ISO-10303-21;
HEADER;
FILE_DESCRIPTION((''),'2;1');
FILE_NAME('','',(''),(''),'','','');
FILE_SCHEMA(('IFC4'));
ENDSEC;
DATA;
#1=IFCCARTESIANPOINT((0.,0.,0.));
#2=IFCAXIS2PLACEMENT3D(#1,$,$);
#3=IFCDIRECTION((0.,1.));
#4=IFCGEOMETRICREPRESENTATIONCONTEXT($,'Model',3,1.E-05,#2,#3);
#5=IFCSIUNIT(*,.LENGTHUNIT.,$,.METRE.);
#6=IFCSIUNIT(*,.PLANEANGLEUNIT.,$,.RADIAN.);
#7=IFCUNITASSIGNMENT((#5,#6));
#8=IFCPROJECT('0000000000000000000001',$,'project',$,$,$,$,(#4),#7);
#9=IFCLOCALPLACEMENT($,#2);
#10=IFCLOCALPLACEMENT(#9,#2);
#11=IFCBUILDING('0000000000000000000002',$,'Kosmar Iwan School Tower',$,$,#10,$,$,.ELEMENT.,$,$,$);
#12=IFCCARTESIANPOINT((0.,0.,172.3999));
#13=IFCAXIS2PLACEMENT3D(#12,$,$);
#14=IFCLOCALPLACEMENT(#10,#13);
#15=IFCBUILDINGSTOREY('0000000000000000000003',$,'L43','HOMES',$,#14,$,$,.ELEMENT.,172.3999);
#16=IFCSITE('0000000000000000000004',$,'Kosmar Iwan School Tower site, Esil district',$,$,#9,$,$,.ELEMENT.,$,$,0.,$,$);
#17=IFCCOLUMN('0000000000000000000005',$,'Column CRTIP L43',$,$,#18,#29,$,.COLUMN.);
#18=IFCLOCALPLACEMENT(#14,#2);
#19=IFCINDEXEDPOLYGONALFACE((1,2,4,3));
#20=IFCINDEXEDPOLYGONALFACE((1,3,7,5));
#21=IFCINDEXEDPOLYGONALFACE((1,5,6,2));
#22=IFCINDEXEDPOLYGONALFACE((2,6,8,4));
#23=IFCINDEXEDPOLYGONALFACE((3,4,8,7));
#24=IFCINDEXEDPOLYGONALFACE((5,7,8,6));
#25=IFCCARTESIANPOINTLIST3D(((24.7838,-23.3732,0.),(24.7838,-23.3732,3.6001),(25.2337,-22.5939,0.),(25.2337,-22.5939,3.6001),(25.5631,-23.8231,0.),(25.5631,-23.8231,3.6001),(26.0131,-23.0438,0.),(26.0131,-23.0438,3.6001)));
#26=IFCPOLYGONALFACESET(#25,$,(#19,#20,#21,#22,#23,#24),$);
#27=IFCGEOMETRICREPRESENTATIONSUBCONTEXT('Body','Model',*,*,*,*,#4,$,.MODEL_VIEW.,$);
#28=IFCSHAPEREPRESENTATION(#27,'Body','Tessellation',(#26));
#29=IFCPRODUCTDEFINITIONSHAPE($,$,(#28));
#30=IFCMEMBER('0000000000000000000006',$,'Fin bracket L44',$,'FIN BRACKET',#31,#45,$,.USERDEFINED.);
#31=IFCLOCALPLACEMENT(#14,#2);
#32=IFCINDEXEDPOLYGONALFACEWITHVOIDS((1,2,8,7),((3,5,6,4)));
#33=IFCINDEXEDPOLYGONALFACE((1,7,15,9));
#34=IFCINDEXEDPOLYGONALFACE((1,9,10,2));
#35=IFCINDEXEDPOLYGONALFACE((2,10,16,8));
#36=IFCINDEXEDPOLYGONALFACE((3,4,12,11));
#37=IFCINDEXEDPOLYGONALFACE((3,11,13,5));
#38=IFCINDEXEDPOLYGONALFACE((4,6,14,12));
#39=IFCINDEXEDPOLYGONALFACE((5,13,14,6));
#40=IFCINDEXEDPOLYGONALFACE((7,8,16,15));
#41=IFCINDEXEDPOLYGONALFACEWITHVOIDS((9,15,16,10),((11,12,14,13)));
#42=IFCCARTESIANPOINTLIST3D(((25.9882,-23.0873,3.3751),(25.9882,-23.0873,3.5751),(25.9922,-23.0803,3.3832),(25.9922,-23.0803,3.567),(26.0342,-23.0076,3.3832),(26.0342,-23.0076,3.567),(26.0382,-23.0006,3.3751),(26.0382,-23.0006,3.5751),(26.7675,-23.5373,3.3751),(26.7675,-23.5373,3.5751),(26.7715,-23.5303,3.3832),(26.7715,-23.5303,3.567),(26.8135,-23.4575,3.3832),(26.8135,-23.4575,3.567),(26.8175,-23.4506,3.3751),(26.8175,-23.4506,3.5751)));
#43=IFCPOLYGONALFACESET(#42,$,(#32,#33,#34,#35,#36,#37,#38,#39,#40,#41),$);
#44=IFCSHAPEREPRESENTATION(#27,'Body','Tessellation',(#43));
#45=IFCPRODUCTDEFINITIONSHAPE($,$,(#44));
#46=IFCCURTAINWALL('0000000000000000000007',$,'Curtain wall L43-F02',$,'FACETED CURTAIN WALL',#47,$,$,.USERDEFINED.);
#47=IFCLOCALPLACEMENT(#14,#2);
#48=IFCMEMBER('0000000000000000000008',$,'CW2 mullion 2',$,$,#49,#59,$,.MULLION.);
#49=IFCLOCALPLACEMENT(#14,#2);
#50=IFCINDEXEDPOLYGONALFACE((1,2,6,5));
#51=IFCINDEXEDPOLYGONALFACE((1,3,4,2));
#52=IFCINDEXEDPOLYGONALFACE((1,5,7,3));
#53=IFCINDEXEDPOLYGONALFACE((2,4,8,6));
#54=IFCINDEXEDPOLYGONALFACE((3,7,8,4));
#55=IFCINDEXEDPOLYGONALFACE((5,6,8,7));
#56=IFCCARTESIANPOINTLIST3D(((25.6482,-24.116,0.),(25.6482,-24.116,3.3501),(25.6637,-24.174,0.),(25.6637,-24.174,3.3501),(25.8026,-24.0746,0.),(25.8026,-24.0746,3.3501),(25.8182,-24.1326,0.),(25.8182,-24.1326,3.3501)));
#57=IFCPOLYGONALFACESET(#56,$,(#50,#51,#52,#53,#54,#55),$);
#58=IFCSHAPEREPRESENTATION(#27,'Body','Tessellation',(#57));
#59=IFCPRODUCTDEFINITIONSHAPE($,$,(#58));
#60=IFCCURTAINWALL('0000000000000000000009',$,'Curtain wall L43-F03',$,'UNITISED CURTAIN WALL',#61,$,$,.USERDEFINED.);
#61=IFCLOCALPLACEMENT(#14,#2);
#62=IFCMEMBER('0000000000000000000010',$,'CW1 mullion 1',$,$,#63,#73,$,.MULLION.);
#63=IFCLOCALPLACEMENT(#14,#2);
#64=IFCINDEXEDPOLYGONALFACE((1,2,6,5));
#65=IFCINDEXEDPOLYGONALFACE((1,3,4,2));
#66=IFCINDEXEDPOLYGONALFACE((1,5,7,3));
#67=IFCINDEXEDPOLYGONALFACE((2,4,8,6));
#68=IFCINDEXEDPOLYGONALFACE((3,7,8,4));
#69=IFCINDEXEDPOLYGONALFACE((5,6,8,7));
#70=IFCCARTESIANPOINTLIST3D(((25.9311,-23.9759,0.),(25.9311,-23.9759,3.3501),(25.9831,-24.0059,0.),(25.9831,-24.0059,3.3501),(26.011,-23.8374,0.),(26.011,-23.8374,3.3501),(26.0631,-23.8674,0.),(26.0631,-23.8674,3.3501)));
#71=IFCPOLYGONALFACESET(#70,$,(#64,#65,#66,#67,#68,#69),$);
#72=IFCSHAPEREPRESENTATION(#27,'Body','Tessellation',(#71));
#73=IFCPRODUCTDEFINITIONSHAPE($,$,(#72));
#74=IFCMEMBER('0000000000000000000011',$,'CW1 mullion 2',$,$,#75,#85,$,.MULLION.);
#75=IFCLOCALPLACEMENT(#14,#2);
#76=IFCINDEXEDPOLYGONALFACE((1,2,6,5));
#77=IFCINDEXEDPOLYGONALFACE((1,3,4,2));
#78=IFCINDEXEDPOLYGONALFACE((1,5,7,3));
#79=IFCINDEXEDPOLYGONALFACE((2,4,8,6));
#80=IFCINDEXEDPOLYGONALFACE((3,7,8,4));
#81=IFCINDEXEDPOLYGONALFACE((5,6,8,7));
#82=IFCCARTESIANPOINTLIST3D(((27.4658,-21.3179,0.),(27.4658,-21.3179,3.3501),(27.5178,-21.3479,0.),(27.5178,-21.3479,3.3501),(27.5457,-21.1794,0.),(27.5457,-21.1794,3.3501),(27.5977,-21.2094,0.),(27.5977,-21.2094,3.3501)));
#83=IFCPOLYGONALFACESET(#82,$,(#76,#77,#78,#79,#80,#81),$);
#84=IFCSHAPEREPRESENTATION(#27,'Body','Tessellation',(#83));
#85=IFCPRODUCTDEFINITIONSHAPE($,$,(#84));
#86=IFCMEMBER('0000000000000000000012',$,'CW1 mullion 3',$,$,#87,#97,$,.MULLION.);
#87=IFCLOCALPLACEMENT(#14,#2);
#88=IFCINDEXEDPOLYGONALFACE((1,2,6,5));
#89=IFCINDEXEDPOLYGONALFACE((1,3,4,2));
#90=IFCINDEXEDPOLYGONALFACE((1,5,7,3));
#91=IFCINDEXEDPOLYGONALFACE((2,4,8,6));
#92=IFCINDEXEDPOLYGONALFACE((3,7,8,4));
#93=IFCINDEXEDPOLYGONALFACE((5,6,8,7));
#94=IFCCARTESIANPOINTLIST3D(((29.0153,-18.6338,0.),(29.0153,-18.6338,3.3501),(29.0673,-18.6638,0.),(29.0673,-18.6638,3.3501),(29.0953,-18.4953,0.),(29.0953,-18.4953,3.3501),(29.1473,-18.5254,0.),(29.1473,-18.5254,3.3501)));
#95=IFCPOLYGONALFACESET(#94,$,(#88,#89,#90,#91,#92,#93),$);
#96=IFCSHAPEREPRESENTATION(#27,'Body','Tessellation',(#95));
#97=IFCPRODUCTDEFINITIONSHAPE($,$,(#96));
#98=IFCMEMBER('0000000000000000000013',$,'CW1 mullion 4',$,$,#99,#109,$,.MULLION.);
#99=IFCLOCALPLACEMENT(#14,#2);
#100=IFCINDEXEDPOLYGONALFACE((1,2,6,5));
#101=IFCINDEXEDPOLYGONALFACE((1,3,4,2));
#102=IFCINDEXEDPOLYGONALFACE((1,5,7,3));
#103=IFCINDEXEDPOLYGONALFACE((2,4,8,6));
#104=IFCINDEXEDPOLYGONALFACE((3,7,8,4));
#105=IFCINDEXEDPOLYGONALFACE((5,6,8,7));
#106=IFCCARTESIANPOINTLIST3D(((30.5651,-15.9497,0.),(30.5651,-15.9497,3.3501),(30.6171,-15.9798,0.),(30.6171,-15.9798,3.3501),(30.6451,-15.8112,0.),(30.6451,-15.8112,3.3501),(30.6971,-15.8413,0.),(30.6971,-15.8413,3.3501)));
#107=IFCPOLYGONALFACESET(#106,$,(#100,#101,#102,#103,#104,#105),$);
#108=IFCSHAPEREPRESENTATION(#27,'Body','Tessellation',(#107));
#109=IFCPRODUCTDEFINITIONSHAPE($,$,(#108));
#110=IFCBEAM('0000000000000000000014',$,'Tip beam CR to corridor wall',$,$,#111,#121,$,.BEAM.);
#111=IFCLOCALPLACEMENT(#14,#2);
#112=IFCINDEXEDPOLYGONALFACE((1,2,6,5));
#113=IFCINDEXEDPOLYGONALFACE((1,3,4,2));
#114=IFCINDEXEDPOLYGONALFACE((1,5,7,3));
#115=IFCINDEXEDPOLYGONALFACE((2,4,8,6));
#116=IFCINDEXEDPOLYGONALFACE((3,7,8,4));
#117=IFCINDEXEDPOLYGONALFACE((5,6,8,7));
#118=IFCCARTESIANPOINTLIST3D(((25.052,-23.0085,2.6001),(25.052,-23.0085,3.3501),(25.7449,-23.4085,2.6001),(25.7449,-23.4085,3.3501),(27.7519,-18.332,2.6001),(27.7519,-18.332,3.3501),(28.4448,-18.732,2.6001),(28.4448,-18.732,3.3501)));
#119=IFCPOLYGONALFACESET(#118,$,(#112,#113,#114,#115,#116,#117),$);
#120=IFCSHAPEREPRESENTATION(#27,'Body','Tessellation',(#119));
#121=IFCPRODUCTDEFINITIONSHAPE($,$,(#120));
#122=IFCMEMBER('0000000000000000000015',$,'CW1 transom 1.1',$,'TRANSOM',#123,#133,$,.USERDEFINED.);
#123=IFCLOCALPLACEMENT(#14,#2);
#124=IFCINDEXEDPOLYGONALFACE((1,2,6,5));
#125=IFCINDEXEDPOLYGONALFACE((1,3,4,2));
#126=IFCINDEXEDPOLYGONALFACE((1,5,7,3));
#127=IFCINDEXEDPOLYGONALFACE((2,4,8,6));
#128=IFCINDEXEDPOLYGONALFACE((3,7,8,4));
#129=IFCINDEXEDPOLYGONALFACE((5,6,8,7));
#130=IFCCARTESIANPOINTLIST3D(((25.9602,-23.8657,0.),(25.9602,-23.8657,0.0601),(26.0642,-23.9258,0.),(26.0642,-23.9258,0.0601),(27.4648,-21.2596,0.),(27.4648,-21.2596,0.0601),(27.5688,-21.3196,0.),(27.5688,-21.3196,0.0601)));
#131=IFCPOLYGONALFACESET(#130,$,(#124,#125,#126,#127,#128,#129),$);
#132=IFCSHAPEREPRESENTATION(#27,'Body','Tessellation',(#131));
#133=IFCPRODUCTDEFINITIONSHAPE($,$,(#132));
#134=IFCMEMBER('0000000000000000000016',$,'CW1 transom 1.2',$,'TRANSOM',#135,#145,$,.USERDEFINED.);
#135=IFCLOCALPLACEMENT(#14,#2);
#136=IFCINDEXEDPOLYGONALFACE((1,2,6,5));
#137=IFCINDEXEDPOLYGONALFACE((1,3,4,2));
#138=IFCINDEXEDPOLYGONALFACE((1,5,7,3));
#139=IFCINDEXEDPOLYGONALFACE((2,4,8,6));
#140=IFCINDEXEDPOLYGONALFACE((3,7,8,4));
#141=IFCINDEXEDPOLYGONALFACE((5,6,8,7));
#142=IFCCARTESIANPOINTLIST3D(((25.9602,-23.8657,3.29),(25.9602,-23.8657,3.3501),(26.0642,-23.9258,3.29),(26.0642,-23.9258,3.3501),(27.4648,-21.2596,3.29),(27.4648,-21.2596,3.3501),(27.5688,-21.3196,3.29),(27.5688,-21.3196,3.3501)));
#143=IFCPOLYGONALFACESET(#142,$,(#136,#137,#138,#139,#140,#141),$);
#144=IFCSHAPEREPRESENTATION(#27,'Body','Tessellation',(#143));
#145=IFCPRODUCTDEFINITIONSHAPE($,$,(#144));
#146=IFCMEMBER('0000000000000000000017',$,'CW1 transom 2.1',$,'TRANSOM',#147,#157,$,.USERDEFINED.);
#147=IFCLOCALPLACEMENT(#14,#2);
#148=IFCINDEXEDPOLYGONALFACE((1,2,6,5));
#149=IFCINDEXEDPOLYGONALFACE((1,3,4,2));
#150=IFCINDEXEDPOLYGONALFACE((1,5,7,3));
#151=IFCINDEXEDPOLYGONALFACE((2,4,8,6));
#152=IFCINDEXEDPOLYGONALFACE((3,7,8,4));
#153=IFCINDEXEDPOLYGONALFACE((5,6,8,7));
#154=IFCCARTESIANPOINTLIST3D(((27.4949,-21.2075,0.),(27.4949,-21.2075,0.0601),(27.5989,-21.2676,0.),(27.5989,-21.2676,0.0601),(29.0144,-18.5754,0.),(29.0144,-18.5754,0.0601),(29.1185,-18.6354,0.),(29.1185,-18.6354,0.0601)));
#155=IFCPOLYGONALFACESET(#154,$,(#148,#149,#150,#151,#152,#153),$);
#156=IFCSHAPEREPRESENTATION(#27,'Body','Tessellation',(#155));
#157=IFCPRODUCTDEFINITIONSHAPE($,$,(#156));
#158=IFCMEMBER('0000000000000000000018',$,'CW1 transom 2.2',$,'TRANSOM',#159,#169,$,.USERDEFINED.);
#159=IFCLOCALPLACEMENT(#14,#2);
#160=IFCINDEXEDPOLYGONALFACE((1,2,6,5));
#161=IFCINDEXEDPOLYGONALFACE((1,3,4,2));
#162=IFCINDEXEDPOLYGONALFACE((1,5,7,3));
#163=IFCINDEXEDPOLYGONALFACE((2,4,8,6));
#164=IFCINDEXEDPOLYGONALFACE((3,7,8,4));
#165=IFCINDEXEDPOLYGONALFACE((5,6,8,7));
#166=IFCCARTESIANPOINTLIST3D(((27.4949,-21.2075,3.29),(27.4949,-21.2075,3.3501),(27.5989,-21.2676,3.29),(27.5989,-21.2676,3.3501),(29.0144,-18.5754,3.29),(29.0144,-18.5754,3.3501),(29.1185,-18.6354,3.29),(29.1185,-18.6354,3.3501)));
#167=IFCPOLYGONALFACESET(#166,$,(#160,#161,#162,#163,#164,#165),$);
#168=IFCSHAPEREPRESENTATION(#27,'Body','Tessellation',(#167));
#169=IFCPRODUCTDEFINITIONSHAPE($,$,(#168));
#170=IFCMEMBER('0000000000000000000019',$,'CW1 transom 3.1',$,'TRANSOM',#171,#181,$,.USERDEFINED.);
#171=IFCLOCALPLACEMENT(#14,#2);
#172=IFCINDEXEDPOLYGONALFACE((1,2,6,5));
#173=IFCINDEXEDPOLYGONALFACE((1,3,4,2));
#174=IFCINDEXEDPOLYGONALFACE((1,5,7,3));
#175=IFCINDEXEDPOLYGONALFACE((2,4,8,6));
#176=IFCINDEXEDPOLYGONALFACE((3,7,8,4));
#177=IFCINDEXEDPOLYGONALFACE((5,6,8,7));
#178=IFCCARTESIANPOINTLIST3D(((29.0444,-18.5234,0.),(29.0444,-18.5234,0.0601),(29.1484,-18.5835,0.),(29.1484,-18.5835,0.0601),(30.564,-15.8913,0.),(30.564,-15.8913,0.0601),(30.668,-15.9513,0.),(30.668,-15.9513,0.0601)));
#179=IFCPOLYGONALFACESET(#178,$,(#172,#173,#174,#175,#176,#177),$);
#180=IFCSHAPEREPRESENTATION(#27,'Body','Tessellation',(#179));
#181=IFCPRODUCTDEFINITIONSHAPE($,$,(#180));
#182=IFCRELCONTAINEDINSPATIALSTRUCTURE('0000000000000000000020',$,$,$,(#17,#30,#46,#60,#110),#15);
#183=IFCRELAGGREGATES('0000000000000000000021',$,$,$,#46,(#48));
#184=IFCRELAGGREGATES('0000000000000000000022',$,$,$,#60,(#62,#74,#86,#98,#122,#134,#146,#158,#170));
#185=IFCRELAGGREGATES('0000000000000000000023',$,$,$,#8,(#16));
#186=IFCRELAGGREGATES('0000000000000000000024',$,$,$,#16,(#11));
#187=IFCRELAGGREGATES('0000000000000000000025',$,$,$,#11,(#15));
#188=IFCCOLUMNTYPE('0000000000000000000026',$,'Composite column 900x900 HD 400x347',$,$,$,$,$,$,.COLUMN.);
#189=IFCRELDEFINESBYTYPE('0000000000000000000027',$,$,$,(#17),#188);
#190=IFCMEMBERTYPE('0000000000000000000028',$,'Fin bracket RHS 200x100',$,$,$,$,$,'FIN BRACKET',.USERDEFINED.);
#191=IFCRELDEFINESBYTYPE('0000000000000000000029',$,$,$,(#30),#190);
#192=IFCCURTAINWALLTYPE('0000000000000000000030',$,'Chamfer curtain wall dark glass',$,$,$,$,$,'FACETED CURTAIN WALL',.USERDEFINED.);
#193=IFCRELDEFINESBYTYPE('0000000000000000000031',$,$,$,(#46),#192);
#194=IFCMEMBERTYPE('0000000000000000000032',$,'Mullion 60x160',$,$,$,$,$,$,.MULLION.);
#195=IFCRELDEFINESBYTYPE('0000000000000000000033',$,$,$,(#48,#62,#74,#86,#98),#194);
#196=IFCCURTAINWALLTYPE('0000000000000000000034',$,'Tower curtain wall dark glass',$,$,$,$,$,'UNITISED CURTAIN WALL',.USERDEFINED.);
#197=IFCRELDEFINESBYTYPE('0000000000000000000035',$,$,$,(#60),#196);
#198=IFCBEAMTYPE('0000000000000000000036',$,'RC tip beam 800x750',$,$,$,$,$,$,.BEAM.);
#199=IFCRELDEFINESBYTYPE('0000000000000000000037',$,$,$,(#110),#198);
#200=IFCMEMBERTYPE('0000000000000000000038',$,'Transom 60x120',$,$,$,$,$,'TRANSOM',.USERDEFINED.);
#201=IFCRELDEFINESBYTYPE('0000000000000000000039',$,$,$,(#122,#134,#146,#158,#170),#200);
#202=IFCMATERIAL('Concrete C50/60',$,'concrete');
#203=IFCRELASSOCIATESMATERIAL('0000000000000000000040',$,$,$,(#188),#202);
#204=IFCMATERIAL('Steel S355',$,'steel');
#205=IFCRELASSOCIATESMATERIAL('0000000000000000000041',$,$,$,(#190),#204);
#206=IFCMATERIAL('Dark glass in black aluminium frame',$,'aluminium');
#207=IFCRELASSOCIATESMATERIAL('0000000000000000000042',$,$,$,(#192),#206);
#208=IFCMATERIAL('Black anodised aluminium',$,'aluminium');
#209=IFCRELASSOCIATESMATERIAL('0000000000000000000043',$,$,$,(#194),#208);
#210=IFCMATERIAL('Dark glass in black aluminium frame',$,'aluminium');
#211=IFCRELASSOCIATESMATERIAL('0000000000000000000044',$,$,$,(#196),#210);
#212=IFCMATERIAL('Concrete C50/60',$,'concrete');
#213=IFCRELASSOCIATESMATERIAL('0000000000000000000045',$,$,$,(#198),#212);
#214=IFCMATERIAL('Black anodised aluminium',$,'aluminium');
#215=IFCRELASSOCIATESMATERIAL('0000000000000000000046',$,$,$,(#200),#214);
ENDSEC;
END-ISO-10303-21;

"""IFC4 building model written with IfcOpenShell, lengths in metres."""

from ifc_helpers import new_model, si_unit, direction, frame, origin, origin_2d, place, context, subcontext, project, spatial, rectangle, hollow_rectangle, extrude, material, material_profile, profile_set, type_object, element, aggregate, save


model = new_model("IFC4")

# Units and contexts
model_context = context("Model", 3, precision=1e-05, world=origin(), true_north=direction((0.0, 1.0)))
body_context = subcontext(model_context, "Body", "Model", "MODEL_VIEW")
ifc_project = project(units=[si_unit("LENGTHUNIT", "METRE"), si_unit("PLANEANGLEUNIT", "RADIAN")], contexts=[model_context])

# Site, building, storey
site_placement = place(None, origin())
site = spatial("IfcSite", under=ifc_project, at=site_placement, Name="Kosmar Iwan School Tower site, Esil district", CompositionType="ELEMENT", RefElevation=0.0)
building_placement = place(site_placement, origin())
building = spatial("IfcBuilding", under=site, at=building_placement, Name="Kosmar Iwan School Tower", CompositionType="ELEMENT")
storey_placement = place(building_placement, frame((0.0, 0.0, 172.3999)))
storey = spatial("IfcBuildingStorey", under=building, at=storey_placement, Name="L43", Description="HOMES", CompositionType="ELEMENT", Elevation=172.3999)

# Column
ifc_material_1 = material(Name="Concrete C50/60", Category="concrete")
ifc_material_profile_1 = material_profile(ifc_material_1, rectangle(XDim=0.8999, YDim=0.8999, at=origin_2d()), Name="RC 900x900 + HD 400x347")
ifc_profile_set_1 = profile_set([ifc_material_profile_1], Name="Concrete C50/60")
column_type = type_object("IfcColumnType", Name="Composite column 900x900 HD 400x347", PredefinedType="COLUMN", material=ifc_profile_set_1)
column_placement = place(storey_placement, frame((25.3984, -23.2085, 0.0), z_axis=(0.0, 0.0, 1.0), x_axis=(0.866025, -0.5, 0.0)))
element("IfcColumn", 1, at=column_placement, inside=storey, type_object=column_type, Name="Column CRTIP L43", PredefinedType="COLUMN", context=body_context, shape_type="SweptSolid", body=[
    extrude(rectangle(XDim=0.8999, YDim=0.8999, at=origin_2d()), origin(), (0.0, 0.0, 1.0), 3.6001),
])

# Member
ifc_material_2 = material(Name="Steel S355", Category="steel")
ifc_material_profile_2 = material_profile(ifc_material_2, hollow_rectangle(XDim=0.1001, YDim=0.2, WallThickness=0.0081, at=origin_2d()), Name="RHS 200x100x8")
ifc_profile_set_2 = profile_set([ifc_material_profile_2], Name="Steel S355")
member_type_1 = type_object("IfcMemberType", Name="Fin bracket RHS 200x100", ElementType="FIN BRACKET", PredefinedType="USERDEFINED", material=ifc_profile_set_2)
member_1_placement = place(storey_placement, frame((26.0132, -23.0439, 3.4751), z_axis=(0.866014, -0.50002, 0.0), x_axis=(0.50002, 0.866014, 0.0)))
element("IfcMember", 2, at=member_1_placement, inside=storey, type_object=member_type_1, Name="Fin bracket L44", ObjectType="FIN BRACKET", PredefinedType="USERDEFINED", context=body_context, shape_type="SweptSolid", body=[
    extrude(hollow_rectangle(XDim=0.1001, YDim=0.2, WallThickness=0.0081, at=origin_2d()), origin(), (0.0, 0.0, 1.0), 0.8999),
])

# Curtain wall, member
ifc_material_3 = material(Name="Dark glass in black aluminium frame", Category="aluminium")
curtain_wall_type_1 = type_object("IfcCurtainWallType", Name="Chamfer curtain wall dark glass", ElementType="FACETED CURTAIN WALL", PredefinedType="USERDEFINED", material=ifc_material_3)
curtain_wall_1_placement = place(storey_placement, origin())
curtain_wall_1 = element("IfcCurtainWall", 3, at=curtain_wall_1_placement, inside=storey, type_object=curtain_wall_type_1, Name="Curtain wall L43-F02", ObjectType="FACETED CURTAIN WALL", PredefinedType="USERDEFINED")
ifc_material_4 = material(Name="Black anodised aluminium", Category="aluminium")
ifc_material_profile_3 = material_profile(ifc_material_4, rectangle(XDim=0.0601, YDim=0.1599, at=origin_2d()), Name="MULLION 60x160")
ifc_profile_set_3 = profile_set([ifc_material_profile_3], Name="Black anodised aluminium")
member_type_2 = type_object("IfcMemberType", Name="Mullion 60x160", PredefinedType="MULLION", material=ifc_profile_set_3)
member_2_placement = place(storey_placement, frame((25.7332, -24.1243, 0.0), z_axis=(0.0, 0.0, 1.0), x_axis=(-0.258819, 0.965926, 0.0)))
member_2 = element("IfcMember", 4, at=member_2_placement, type_object=member_type_2, Name="CW2 mullion 2", PredefinedType="MULLION", context=body_context, shape_type="SweptSolid", body=[
    extrude(rectangle(XDim=0.0601, YDim=0.1599, at=origin_2d()), origin(), (0.0, 0.0, 1.0), 3.3501),
])

# Curtain wall, members
ifc_material_5 = material(Name="Dark glass in black aluminium frame", Category="aluminium")
curtain_wall_type_2 = type_object("IfcCurtainWallType", Name="Tower curtain wall dark glass", ElementType="UNITISED CURTAIN WALL", PredefinedType="USERDEFINED", material=ifc_material_5)
curtain_wall_2_placement = place(storey_placement, origin())
curtain_wall_2 = element("IfcCurtainWall", 5, at=curtain_wall_2_placement, inside=storey, type_object=curtain_wall_type_2, Name="Curtain wall L43-F03", ObjectType="UNITISED CURTAIN WALL", PredefinedType="USERDEFINED")
member_3_placement = place(storey_placement, frame((25.9971, -23.9216, 0.0), z_axis=(0.0, 0.0, 1.0), x_axis=(-0.866025, 0.5, 0.0)))
member_3 = element("IfcMember", 6, at=member_3_placement, type_object=member_type_2, Name="CW1 mullion 1", PredefinedType="MULLION", context=body_context, shape_type="SweptSolid", body=[
    extrude(rectangle(XDim=0.0601, YDim=0.1599, at=origin_2d()), origin(), (0.0, 0.0, 1.0), 3.3501),
])
member_4_placement = place(storey_placement, frame((27.5317, -21.2637, 0.0), z_axis=(0.0, 0.0, 1.0), x_axis=(-0.866025, 0.5, 0.0)))
member_4 = element("IfcMember", 7, at=member_4_placement, type_object=member_type_2, Name="CW1 mullion 2", PredefinedType="MULLION", context=body_context, shape_type="SweptSolid", body=[
    extrude(rectangle(XDim=0.0601, YDim=0.1599, at=origin_2d()), origin(), (0.0, 0.0, 1.0), 3.3501),
])
member_5_placement = place(storey_placement, frame((29.0813, -18.5796, 0.0), z_axis=(0.0, 0.0, 1.0), x_axis=(-0.866025, 0.5, 0.0)))
member_5 = element("IfcMember", 8, at=member_5_placement, type_object=member_type_2, Name="CW1 mullion 3", PredefinedType="MULLION", context=body_context, shape_type="SweptSolid", body=[
    extrude(rectangle(XDim=0.0601, YDim=0.1599, at=origin_2d()), origin(), (0.0, 0.0, 1.0), 3.3501),
])
member_6_placement = place(storey_placement, frame((30.6311, -15.8955, 0.0), z_axis=(0.0, 0.0, 1.0), x_axis=(-0.866025, 0.5, 0.0)))
member_6 = element("IfcMember", 9, at=member_6_placement, type_object=member_type_2, Name="CW1 mullion 4", PredefinedType="MULLION", context=body_context, shape_type="SweptSolid", body=[
    extrude(rectangle(XDim=0.0601, YDim=0.1599, at=origin_2d()), origin(), (0.0, 0.0, 1.0), 3.3501),
])

# Beam
ifc_material_6 = material(Name="Concrete C50/60", Category="concrete")
ifc_material_profile_4 = material_profile(ifc_material_6, rectangle(XDim=0.8, YDim=0.75, at=origin_2d()), Name="RC 800x750")
ifc_profile_set_4 = profile_set([ifc_material_profile_4], Name="Concrete C50/60")
beam_type = type_object("IfcBeamType", Name="RC tip beam 800x750", PredefinedType="BEAM", material=ifc_profile_set_4)
beam_placement = place(storey_placement, frame((25.3984, -23.2085, 2.9751), z_axis=(0.499995, 0.866028, 0.0), x_axis=(-0.866028, 0.499995, 0.0)))
element("IfcBeam", 10, at=beam_placement, inside=storey, type_object=beam_type, Name="Tip beam CR to corridor wall", PredefinedType="BEAM", context=body_context, shape_type="SweptSolid", body=[
    extrude(rectangle(XDim=0.8, YDim=0.75, at=origin_2d()), origin(), (0.0, 0.0, 1.0), 5.3999),
])

# Members
ifc_material_7 = material(Name="Black anodised aluminium", Category="aluminium")
ifc_material_profile_5 = material_profile(ifc_material_7, rectangle(XDim=0.1201, YDim=0.0601, at=origin_2d()), Name="TRANSOM 60x120")
ifc_profile_set_5 = profile_set([ifc_material_profile_5], Name="Black anodised aluminium")
member_type_3 = type_object("IfcMemberType", Name="Transom 60x120", ElementType="TRANSOM", PredefinedType="USERDEFINED", material=ifc_profile_set_5)
member_7_placement = place(storey_placement, frame((26.0122, -23.8958, 0.03), z_axis=(0.499987, 0.866033, 0.0), x_axis=(-0.866033, 0.499987, 0.0)))
member_7 = element("IfcMember", 11, at=member_7_placement, type_object=member_type_3, Name="CW1 transom 1.1", ObjectType="TRANSOM", PredefinedType="USERDEFINED", context=body_context, shape_type="SweptSolid", body=[
    extrude(rectangle(XDim=0.1201, YDim=0.0601, at=origin_2d()), origin(), (0.0, 0.0, 1.0), 3.0093),
])
member_8_placement = place(storey_placement, frame((26.0122, -23.8958, 3.3201), z_axis=(0.499987, 0.866033, 0.0), x_axis=(-0.866033, 0.499987, 0.0)))
member_8 = element("IfcMember", 12, at=member_8_placement, type_object=member_type_3, Name="CW1 transom 1.2", ObjectType="TRANSOM", PredefinedType="USERDEFINED", context=body_context, shape_type="SweptSolid", body=[
    extrude(rectangle(XDim=0.1201, YDim=0.0601, at=origin_2d()), origin(), (0.0, 0.0, 1.0), 3.0093),
])
member_9_placement = place(storey_placement, frame((27.5469, -21.2375, 0.03), z_axis=(0.499975, 0.86604, 0.0), x_axis=(-0.86604, 0.499975, 0.0)))
member_9 = element("IfcMember", 13, at=member_9_placement, type_object=member_type_3, Name="CW1 transom 2.1", ObjectType="TRANSOM", PredefinedType="USERDEFINED", context=body_context, shape_type="SweptSolid", body=[
    extrude(rectangle(XDim=0.1201, YDim=0.0601, at=origin_2d()), origin(), (0.0, 0.0, 1.0), 3.0393),
])
member_10_placement = place(storey_placement, frame((27.5469, -21.2375, 3.3201), z_axis=(0.499975, 0.86604, 0.0), x_axis=(-0.86604, 0.499975, 0.0)))
member_10 = element("IfcMember", 14, at=member_10_placement, type_object=member_type_3, Name="CW1 transom 2.2", ObjectType="TRANSOM", PredefinedType="USERDEFINED", context=body_context, shape_type="SweptSolid", body=[
    extrude(rectangle(XDim=0.1201, YDim=0.0601, at=origin_2d()), origin(), (0.0, 0.0, 1.0), 3.0393),
])
member_11_placement = place(storey_placement, frame((29.0964, -18.5535, 0.03), z_axis=(0.499975, 0.86604, 0.0), x_axis=(-0.86604, 0.499975, 0.0)))
member_11 = element("IfcMember", 15, at=member_11_placement, type_object=member_type_3, Name="CW1 transom 3.1", ObjectType="TRANSOM", PredefinedType="USERDEFINED", context=body_context, shape_type="SweptSolid", body=[
    extrude(rectangle(XDim=0.1201, YDim=0.0601, at=origin_2d()), origin(), (0.0, 0.0, 1.0), 3.0393),
])

aggregate(curtain_wall_1, [member_2])
aggregate(curtain_wall_2, [member_3, member_4, member_5, member_6, member_7, member_8, member_9, member_10, member_11])

save(model, "model.ifc")
